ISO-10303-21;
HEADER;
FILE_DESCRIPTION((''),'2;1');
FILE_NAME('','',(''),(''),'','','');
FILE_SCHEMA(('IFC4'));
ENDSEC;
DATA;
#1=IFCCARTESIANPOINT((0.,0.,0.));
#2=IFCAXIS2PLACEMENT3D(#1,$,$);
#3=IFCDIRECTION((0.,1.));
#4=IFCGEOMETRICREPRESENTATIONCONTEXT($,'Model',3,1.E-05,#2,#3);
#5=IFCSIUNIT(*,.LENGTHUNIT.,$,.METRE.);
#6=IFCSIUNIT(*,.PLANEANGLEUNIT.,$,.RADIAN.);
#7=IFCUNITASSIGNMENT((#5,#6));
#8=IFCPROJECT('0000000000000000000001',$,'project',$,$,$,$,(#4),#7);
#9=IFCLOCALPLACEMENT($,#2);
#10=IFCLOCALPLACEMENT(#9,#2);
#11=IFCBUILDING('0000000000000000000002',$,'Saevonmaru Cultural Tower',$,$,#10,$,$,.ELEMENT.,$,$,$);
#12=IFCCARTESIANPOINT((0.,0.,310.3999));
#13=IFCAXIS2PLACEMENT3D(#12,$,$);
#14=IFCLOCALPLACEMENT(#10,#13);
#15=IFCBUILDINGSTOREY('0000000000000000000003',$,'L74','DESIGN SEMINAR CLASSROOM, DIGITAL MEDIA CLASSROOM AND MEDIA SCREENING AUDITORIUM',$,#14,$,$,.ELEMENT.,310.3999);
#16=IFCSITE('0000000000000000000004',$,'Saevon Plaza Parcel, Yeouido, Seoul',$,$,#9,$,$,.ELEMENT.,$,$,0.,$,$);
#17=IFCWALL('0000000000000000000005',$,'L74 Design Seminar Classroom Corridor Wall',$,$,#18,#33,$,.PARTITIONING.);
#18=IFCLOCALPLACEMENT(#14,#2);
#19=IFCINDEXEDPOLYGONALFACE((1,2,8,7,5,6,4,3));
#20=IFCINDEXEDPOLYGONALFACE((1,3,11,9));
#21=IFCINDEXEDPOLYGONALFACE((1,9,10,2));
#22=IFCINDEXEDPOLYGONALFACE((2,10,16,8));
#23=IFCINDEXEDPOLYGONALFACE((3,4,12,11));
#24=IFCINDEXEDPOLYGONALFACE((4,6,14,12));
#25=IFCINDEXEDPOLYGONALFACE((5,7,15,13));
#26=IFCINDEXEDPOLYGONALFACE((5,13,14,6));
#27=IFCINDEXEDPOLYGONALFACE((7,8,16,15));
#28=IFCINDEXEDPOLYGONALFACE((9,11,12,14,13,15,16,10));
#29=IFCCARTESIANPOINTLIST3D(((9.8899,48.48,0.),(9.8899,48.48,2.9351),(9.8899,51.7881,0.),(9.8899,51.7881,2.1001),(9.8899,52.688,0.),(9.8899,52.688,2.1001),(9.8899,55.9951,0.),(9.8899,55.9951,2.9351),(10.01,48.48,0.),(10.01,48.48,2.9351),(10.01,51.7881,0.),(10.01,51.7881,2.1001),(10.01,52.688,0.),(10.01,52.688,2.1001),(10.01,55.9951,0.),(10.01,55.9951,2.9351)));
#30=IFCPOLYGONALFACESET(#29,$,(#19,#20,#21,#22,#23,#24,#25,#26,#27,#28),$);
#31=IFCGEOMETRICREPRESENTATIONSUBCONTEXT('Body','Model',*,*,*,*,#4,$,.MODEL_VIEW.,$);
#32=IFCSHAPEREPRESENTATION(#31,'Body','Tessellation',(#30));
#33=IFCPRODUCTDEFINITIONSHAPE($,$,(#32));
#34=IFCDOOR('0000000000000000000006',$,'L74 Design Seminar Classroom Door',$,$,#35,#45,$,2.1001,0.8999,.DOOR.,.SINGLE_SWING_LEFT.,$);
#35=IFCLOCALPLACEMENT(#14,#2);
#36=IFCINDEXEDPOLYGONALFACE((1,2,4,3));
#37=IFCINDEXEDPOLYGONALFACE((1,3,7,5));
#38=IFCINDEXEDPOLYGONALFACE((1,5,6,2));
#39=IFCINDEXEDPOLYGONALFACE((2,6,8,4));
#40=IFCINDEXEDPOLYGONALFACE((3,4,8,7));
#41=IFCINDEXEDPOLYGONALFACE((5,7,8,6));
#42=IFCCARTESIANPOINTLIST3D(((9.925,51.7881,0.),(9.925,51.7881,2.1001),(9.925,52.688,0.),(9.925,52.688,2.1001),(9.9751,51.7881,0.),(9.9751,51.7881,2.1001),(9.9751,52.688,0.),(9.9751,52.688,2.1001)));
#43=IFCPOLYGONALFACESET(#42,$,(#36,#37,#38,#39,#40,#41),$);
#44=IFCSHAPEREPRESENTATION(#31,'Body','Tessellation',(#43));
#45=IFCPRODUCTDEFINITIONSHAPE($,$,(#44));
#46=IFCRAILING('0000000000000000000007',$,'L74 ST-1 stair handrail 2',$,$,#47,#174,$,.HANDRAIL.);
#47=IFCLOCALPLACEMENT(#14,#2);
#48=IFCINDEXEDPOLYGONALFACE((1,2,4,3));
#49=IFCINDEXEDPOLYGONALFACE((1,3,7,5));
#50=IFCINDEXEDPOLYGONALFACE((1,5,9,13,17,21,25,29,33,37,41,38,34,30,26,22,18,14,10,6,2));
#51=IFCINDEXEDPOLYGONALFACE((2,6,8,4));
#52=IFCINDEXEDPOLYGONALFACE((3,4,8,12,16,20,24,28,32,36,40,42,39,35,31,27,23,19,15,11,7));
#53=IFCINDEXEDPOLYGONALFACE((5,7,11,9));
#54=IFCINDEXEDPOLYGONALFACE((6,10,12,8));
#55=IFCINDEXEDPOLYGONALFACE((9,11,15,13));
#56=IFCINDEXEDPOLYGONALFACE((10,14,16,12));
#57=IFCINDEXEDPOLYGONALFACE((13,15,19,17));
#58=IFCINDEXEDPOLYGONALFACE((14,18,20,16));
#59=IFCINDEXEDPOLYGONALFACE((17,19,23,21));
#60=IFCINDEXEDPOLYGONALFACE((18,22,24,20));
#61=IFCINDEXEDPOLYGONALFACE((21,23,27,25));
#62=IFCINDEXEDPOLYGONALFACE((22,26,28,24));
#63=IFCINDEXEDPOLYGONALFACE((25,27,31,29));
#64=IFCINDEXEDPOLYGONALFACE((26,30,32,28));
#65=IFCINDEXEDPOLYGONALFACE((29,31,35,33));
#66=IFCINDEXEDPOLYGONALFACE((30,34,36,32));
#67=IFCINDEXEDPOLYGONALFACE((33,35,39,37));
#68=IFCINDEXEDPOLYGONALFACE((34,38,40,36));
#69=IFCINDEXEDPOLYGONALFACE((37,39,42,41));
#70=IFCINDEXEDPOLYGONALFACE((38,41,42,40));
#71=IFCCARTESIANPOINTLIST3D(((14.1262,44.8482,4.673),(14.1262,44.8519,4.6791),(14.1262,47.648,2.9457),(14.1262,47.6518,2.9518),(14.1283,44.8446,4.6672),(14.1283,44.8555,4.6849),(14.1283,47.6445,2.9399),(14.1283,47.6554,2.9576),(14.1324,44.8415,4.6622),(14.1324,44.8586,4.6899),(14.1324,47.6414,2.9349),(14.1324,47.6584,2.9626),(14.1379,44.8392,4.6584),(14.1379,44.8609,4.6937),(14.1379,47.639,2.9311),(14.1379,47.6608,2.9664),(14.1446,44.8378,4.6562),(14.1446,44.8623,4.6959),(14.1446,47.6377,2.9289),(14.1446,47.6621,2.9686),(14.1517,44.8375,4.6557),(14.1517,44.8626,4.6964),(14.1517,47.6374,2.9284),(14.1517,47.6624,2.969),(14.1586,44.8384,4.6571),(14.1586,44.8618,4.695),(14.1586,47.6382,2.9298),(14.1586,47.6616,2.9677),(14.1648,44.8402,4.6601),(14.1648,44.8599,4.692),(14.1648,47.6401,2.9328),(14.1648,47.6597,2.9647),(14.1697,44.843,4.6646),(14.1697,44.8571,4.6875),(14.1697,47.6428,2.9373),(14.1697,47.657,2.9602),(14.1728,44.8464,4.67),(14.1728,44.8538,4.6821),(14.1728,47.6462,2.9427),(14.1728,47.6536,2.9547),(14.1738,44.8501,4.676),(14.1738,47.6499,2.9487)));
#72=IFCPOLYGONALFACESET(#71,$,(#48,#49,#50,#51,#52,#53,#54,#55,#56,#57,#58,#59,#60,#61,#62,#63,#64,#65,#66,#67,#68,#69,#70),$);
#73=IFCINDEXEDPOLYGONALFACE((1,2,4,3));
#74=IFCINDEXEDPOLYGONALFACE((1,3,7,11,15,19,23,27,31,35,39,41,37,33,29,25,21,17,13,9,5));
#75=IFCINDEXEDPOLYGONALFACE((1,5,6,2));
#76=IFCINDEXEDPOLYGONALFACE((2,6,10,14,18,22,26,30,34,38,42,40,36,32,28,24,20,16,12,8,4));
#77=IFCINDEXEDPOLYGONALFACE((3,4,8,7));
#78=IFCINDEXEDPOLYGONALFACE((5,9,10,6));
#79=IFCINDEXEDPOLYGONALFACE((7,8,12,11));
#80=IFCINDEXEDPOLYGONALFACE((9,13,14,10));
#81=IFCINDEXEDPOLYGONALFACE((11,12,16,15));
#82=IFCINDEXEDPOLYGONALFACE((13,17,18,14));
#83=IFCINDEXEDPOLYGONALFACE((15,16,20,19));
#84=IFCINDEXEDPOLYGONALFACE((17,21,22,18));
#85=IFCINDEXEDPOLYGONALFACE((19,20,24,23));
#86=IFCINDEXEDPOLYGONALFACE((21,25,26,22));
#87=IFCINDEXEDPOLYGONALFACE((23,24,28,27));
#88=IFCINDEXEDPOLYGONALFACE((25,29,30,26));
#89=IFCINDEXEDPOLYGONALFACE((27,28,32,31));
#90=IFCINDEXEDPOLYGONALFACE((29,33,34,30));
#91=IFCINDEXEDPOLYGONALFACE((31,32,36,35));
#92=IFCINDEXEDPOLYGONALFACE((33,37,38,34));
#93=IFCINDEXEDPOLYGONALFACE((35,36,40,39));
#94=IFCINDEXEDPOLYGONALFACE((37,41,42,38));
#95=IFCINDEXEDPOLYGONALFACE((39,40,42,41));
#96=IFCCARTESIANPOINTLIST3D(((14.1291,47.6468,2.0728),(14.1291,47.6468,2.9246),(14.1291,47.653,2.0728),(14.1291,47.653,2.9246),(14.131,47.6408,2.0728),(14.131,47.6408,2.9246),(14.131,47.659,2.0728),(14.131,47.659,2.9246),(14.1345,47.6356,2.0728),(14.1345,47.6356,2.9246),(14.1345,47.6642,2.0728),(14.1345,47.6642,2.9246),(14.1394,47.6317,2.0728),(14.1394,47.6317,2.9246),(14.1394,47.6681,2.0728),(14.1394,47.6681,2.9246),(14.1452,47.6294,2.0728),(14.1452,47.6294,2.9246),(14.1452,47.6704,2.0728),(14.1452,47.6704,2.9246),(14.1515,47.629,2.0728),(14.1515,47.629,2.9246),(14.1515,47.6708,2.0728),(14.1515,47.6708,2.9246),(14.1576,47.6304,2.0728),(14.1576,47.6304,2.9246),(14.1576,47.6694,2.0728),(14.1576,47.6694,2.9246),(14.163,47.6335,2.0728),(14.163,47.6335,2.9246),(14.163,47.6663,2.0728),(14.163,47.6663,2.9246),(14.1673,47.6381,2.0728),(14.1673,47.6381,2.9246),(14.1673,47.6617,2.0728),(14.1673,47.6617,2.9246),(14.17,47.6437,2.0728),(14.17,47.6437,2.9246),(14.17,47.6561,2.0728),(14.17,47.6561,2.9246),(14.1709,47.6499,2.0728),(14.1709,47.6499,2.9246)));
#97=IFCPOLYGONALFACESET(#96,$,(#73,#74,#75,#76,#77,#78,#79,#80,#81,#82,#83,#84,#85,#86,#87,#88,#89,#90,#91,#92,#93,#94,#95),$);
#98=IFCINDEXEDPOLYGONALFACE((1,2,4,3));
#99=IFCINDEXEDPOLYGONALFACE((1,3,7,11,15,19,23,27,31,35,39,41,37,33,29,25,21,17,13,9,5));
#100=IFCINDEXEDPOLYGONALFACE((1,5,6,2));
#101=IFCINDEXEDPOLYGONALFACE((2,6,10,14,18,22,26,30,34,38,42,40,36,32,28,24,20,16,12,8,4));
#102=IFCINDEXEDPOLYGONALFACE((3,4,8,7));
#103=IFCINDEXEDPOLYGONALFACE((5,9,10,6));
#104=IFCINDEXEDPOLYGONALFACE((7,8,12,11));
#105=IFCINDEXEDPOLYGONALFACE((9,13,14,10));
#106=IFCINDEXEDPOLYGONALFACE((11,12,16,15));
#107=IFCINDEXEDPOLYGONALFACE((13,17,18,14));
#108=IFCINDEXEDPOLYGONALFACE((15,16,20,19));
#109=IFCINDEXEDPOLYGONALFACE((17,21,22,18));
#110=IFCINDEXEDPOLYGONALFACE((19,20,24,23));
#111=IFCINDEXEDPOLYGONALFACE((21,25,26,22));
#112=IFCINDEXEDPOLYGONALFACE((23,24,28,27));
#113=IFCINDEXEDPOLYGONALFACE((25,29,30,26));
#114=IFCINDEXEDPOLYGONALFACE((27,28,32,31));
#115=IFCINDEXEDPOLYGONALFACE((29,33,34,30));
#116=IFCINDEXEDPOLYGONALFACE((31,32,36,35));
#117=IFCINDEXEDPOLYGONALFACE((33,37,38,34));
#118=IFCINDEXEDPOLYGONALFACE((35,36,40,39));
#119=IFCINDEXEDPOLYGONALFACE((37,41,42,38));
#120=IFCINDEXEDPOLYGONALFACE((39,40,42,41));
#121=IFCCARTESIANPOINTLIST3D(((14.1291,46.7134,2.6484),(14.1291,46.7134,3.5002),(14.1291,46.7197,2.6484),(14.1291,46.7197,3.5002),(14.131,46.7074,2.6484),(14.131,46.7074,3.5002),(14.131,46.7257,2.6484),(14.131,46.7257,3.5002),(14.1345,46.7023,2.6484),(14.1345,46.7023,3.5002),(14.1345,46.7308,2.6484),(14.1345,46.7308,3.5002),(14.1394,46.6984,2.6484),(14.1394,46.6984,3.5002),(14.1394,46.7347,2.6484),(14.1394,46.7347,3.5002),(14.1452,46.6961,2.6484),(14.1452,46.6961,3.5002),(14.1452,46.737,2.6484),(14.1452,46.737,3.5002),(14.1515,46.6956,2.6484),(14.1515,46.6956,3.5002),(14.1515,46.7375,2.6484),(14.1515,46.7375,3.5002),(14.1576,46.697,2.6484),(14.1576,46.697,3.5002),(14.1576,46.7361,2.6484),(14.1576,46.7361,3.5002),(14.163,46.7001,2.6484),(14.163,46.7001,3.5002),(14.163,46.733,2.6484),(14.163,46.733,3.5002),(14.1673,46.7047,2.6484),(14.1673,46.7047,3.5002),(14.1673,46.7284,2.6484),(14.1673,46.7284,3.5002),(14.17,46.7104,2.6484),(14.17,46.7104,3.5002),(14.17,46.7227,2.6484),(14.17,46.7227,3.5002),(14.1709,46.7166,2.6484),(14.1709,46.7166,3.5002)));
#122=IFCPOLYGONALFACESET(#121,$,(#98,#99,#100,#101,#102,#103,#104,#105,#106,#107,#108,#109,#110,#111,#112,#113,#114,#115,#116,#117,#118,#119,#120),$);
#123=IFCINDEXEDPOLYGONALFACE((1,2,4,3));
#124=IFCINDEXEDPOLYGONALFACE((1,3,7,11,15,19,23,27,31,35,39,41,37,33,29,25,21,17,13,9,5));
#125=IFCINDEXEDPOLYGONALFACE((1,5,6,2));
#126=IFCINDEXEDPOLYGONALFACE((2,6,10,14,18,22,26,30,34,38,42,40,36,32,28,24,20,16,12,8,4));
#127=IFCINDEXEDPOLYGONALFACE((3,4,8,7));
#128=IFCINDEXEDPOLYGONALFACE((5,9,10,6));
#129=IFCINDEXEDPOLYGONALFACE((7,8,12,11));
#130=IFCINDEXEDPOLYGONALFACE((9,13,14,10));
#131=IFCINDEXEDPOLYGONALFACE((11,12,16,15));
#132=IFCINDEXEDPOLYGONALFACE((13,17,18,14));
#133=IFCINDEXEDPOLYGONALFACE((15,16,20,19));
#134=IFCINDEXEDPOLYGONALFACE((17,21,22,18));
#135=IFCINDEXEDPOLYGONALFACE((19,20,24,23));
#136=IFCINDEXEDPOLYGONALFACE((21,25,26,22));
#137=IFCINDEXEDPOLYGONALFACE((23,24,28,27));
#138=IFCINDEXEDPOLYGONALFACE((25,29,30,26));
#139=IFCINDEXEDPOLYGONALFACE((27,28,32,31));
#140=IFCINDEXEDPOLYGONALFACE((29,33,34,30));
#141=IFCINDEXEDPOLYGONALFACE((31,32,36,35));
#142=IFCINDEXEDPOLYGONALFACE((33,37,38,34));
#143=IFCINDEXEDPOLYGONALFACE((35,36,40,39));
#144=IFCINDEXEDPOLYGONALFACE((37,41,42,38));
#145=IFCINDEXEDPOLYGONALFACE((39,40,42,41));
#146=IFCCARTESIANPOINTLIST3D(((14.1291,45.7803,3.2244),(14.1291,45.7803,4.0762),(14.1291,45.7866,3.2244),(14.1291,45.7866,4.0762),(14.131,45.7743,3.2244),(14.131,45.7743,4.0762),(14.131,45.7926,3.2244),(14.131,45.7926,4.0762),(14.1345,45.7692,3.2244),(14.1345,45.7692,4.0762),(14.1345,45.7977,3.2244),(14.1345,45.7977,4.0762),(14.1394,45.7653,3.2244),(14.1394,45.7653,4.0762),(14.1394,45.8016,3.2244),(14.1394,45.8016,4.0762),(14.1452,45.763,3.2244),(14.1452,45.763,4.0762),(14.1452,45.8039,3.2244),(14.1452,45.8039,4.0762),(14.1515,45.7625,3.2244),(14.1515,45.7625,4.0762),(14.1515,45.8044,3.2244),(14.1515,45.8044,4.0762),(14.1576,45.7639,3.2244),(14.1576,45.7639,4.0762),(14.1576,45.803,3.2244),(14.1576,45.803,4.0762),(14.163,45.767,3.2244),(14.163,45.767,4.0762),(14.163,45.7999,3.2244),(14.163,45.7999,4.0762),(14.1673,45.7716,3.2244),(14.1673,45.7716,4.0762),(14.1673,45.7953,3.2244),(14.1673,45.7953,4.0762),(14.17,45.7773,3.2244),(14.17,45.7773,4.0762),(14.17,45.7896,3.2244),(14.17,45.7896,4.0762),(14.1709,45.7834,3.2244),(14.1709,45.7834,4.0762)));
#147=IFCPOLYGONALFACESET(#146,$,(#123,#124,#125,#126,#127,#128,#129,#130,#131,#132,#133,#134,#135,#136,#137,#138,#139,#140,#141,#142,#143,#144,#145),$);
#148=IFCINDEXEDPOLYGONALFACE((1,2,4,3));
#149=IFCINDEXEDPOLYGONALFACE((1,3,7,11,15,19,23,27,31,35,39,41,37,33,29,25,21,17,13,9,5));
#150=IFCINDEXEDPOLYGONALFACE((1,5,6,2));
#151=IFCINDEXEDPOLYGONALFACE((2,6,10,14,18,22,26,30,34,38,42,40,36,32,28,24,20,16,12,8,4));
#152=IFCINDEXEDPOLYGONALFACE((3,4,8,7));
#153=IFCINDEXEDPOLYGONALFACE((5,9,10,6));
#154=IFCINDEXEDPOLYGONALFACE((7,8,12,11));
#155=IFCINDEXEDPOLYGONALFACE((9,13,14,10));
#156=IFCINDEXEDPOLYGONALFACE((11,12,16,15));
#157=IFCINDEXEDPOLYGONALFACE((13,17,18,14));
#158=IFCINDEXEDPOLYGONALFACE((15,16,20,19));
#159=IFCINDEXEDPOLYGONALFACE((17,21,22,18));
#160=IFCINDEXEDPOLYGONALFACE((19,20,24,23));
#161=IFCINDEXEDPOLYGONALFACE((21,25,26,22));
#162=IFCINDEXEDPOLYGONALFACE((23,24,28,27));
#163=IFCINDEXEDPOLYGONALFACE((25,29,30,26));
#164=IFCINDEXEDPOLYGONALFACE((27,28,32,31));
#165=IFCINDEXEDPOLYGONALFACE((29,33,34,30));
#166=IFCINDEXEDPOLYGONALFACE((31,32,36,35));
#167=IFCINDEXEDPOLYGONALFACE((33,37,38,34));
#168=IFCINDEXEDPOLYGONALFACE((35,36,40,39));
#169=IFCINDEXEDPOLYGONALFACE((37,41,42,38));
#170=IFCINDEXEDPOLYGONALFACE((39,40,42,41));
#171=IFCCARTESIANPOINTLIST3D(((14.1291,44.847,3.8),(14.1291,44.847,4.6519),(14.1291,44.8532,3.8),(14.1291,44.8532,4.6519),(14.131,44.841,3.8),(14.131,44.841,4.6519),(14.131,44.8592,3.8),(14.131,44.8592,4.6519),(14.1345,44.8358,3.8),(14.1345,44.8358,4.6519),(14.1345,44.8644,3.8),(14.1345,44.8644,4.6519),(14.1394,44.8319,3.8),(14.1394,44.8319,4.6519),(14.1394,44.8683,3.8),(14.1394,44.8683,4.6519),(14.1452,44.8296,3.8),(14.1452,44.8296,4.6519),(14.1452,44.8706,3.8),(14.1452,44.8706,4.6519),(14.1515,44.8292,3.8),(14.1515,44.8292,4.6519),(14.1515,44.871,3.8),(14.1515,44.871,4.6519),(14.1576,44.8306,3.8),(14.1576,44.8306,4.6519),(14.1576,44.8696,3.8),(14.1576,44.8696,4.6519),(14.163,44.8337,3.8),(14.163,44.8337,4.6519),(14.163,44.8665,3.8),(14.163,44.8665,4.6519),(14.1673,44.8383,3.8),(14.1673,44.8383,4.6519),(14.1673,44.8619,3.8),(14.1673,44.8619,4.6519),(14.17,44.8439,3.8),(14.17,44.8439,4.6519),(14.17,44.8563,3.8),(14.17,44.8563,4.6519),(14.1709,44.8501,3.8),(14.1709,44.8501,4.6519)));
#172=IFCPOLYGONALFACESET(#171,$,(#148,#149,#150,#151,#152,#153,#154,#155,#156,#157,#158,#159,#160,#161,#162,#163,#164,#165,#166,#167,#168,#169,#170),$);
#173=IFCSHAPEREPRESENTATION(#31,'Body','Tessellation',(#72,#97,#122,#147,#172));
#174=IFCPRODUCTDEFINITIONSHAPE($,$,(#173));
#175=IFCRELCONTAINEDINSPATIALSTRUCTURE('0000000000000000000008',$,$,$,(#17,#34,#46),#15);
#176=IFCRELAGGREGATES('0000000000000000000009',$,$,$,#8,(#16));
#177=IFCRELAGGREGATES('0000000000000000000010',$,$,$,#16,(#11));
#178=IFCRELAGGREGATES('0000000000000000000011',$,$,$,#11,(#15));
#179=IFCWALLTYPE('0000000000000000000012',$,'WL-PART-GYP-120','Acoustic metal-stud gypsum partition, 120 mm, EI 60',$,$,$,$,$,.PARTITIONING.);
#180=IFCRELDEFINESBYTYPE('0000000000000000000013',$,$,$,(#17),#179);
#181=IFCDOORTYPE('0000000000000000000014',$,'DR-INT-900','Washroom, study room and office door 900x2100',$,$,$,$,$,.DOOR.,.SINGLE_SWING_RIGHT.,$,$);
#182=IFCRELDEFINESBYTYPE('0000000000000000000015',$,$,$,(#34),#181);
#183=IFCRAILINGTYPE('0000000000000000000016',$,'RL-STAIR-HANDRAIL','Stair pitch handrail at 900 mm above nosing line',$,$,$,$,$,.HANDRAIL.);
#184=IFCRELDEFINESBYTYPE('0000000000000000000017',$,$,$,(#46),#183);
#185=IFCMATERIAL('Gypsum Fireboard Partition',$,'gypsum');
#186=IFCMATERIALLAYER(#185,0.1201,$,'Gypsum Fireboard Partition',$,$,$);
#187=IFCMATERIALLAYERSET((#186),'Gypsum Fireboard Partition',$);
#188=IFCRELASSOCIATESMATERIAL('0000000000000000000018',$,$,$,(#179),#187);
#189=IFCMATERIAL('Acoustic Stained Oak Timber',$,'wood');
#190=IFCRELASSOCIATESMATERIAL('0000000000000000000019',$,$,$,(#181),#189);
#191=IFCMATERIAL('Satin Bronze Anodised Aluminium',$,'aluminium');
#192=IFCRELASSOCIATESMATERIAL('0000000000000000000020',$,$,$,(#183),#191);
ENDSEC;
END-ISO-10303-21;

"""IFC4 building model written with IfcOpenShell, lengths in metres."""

from ifc_helpers import new_model, si_unit, direction, frame, frame_2d, origin, origin_2d, place, context, subcontext, project, spatial, rectangle, circle, extrude, material, layer, layer_set, type_object, element, fill, save


model = new_model("IFC4")

# Units and contexts
model_context = context("Model", 3, precision=1e-05, world=origin(), true_north=direction((0.0, 1.0)))
body_context = subcontext(model_context, "Body", "Model", "MODEL_VIEW")
ifc_project = project(units=[si_unit("LENGTHUNIT", "METRE"), si_unit("PLANEANGLEUNIT", "RADIAN")], contexts=[model_context])

# Site, building, storey
site_placement = place(None, origin())
site = spatial("IfcSite", under=ifc_project, at=site_placement, Name="Saevon Plaza Parcel, Yeouido, Seoul", CompositionType="ELEMENT", RefElevation=0.0)
building_placement = place(site_placement, origin())
building = spatial("IfcBuilding", under=site, at=building_placement, Name="Saevonmaru Cultural Tower", CompositionType="ELEMENT")
storey_placement = place(building_placement, frame((0.0, 0.0, 310.3999)))
storey = spatial("IfcBuildingStorey", under=building, at=storey_placement, Name="L74", Description="DESIGN SEMINAR CLASSROOM, DIGITAL MEDIA CLASSROOM AND MEDIA SCREENING AUDITORIUM", CompositionType="ELEMENT", Elevation=310.3999)

# Shared definitions
ifc_material_1 = material(Name="Satin Bronze Anodised Aluminium", Category="aluminium")

# Shared definitions
ifc_material_2 = material(Name="Gypsum Fireboard Partition", Category="gypsum")
ifc_material_3 = material(Name="Acoustic Stained Oak Timber", Category="wood")

# Shared definitions
ifc_layer_1 = layer(ifc_material_2, 0.1201, Name="Gypsum Fireboard Partition")
ifc_layer_set_1 = layer_set([ifc_layer_1], Name="Gypsum Fireboard Partition")
wall_type_1 = type_object("IfcWallType", Name="WL-PART-GYP-120", Description="Acoustic metal-stud gypsum partition, 120 mm, EI 60", PredefinedType="PARTITIONING", material=ifc_layer_set_1)

# Wall, opening, door
wall_1_placement = place(storey_placement, frame((9.95, 48.48, 0.0), z_axis=(0.0, 0.0, 1.0), x_axis=(0.0, 1.0, 0.0)))
wall_1 = element("IfcWall", 1, at=wall_1_placement, inside=storey, type_object=wall_type_1, Name="L74 Design Seminar Classroom Corridor Wall", PredefinedType="PARTITIONING", context=body_context, shape_type="SweptSolid", body=[
    extrude(rectangle(XDim=7.5151, YDim=0.1201, at=frame_2d((3.7576, 0.0))), origin(), (0.0, 0.0, 1.0), 2.9351),
])
opening_1_placement = place(wall_1_placement, frame((3.3081, 0.0, 0.0)))
opening_1 = element("IfcOpeningElement", 2, at=opening_1_placement, cuts=wall_1, PredefinedType="OPENING", context=body_context, shape_type="SweptSolid", body=[
    extrude(rectangle(XDim=0.8999, YDim=2.1001, at=frame_2d((0.45, 1.05))), frame((0.0, 0.0701, 0.0), z_axis=(0.0, -1.0, 0.0), x_axis=(1.0, 0.0, 0.0)), (0.0, 0.0, 1.0), 0.1401),
])
door_type_1 = type_object("IfcDoorType", Name="DR-INT-900", Description="Washroom, study room and office door 900x2100", OperationType="SINGLE_SWING_RIGHT", PredefinedType="DOOR", material=ifc_material_3)
door_1_placement = place(opening_1_placement, origin())
door_1 = element("IfcDoor", 3, at=door_1_placement, inside=storey, type_object=door_type_1, Name="L74 Design Seminar Classroom Door", OperationType="SINGLE_SWING_LEFT", OverallHeight=2.1001, OverallWidth=0.8999, PredefinedType="DOOR", context=body_context, shape_type="SweptSolid", body=[
    extrude(rectangle(XDim=0.8999, YDim=2.1001, at=frame_2d((0.45, 1.05))), frame((0.0, 0.0249, 0.0), z_axis=(0.0, -1.0, 0.0), x_axis=(1.0, 0.0, 0.0)), (0.0, 0.0, 1.0), 0.05),
])
fill(opening_1, door_1)

# Railing
railing_type = type_object("IfcRailingType", Name="RL-STAIR-HANDRAIL", Description="Stair pitch handrail at 900 mm above nosing line", PredefinedType="HANDRAIL", material=ifc_material_1)
railing_placement = place(storey_placement, frame((14.1499, 47.6499, 2.0728)))
element("IfcRailing", 4, at=railing_placement, inside=storey, type_object=railing_type, Name="L74 ST-1 stair handrail 2", PredefinedType="HANDRAIL", context=body_context, shape_type="SweptSolid", body=[
    extrude(circle(Radius=0.0239, at=origin_2d()), frame((0.0, 0.0, 0.876), z_axis=(0.0, -0.851069, 0.525054), x_axis=(1.0, 0.0, 0.0)), (0.0, 0.0, 1.0), 3.2898),
    extrude(circle(Radius=0.021, at=origin_2d()), origin(), (0.0, 0.0, 1.0), 0.8518),
    extrude(circle(Radius=0.021, at=origin_2d()), frame((0.0, -0.9333, 0.5757)), (0.0, 0.0, 1.0), 0.8518),
    extrude(circle(Radius=0.021, at=origin_2d()), frame((0.0, -1.8665, 1.1516)), (0.0, 0.0, 1.0), 0.8518),
    extrude(circle(Radius=0.021, at=origin_2d()), frame((0.0, -2.7998, 1.7273)), (0.0, 0.0, 1.0), 0.8518),
])

save(model, "model.ifc")
